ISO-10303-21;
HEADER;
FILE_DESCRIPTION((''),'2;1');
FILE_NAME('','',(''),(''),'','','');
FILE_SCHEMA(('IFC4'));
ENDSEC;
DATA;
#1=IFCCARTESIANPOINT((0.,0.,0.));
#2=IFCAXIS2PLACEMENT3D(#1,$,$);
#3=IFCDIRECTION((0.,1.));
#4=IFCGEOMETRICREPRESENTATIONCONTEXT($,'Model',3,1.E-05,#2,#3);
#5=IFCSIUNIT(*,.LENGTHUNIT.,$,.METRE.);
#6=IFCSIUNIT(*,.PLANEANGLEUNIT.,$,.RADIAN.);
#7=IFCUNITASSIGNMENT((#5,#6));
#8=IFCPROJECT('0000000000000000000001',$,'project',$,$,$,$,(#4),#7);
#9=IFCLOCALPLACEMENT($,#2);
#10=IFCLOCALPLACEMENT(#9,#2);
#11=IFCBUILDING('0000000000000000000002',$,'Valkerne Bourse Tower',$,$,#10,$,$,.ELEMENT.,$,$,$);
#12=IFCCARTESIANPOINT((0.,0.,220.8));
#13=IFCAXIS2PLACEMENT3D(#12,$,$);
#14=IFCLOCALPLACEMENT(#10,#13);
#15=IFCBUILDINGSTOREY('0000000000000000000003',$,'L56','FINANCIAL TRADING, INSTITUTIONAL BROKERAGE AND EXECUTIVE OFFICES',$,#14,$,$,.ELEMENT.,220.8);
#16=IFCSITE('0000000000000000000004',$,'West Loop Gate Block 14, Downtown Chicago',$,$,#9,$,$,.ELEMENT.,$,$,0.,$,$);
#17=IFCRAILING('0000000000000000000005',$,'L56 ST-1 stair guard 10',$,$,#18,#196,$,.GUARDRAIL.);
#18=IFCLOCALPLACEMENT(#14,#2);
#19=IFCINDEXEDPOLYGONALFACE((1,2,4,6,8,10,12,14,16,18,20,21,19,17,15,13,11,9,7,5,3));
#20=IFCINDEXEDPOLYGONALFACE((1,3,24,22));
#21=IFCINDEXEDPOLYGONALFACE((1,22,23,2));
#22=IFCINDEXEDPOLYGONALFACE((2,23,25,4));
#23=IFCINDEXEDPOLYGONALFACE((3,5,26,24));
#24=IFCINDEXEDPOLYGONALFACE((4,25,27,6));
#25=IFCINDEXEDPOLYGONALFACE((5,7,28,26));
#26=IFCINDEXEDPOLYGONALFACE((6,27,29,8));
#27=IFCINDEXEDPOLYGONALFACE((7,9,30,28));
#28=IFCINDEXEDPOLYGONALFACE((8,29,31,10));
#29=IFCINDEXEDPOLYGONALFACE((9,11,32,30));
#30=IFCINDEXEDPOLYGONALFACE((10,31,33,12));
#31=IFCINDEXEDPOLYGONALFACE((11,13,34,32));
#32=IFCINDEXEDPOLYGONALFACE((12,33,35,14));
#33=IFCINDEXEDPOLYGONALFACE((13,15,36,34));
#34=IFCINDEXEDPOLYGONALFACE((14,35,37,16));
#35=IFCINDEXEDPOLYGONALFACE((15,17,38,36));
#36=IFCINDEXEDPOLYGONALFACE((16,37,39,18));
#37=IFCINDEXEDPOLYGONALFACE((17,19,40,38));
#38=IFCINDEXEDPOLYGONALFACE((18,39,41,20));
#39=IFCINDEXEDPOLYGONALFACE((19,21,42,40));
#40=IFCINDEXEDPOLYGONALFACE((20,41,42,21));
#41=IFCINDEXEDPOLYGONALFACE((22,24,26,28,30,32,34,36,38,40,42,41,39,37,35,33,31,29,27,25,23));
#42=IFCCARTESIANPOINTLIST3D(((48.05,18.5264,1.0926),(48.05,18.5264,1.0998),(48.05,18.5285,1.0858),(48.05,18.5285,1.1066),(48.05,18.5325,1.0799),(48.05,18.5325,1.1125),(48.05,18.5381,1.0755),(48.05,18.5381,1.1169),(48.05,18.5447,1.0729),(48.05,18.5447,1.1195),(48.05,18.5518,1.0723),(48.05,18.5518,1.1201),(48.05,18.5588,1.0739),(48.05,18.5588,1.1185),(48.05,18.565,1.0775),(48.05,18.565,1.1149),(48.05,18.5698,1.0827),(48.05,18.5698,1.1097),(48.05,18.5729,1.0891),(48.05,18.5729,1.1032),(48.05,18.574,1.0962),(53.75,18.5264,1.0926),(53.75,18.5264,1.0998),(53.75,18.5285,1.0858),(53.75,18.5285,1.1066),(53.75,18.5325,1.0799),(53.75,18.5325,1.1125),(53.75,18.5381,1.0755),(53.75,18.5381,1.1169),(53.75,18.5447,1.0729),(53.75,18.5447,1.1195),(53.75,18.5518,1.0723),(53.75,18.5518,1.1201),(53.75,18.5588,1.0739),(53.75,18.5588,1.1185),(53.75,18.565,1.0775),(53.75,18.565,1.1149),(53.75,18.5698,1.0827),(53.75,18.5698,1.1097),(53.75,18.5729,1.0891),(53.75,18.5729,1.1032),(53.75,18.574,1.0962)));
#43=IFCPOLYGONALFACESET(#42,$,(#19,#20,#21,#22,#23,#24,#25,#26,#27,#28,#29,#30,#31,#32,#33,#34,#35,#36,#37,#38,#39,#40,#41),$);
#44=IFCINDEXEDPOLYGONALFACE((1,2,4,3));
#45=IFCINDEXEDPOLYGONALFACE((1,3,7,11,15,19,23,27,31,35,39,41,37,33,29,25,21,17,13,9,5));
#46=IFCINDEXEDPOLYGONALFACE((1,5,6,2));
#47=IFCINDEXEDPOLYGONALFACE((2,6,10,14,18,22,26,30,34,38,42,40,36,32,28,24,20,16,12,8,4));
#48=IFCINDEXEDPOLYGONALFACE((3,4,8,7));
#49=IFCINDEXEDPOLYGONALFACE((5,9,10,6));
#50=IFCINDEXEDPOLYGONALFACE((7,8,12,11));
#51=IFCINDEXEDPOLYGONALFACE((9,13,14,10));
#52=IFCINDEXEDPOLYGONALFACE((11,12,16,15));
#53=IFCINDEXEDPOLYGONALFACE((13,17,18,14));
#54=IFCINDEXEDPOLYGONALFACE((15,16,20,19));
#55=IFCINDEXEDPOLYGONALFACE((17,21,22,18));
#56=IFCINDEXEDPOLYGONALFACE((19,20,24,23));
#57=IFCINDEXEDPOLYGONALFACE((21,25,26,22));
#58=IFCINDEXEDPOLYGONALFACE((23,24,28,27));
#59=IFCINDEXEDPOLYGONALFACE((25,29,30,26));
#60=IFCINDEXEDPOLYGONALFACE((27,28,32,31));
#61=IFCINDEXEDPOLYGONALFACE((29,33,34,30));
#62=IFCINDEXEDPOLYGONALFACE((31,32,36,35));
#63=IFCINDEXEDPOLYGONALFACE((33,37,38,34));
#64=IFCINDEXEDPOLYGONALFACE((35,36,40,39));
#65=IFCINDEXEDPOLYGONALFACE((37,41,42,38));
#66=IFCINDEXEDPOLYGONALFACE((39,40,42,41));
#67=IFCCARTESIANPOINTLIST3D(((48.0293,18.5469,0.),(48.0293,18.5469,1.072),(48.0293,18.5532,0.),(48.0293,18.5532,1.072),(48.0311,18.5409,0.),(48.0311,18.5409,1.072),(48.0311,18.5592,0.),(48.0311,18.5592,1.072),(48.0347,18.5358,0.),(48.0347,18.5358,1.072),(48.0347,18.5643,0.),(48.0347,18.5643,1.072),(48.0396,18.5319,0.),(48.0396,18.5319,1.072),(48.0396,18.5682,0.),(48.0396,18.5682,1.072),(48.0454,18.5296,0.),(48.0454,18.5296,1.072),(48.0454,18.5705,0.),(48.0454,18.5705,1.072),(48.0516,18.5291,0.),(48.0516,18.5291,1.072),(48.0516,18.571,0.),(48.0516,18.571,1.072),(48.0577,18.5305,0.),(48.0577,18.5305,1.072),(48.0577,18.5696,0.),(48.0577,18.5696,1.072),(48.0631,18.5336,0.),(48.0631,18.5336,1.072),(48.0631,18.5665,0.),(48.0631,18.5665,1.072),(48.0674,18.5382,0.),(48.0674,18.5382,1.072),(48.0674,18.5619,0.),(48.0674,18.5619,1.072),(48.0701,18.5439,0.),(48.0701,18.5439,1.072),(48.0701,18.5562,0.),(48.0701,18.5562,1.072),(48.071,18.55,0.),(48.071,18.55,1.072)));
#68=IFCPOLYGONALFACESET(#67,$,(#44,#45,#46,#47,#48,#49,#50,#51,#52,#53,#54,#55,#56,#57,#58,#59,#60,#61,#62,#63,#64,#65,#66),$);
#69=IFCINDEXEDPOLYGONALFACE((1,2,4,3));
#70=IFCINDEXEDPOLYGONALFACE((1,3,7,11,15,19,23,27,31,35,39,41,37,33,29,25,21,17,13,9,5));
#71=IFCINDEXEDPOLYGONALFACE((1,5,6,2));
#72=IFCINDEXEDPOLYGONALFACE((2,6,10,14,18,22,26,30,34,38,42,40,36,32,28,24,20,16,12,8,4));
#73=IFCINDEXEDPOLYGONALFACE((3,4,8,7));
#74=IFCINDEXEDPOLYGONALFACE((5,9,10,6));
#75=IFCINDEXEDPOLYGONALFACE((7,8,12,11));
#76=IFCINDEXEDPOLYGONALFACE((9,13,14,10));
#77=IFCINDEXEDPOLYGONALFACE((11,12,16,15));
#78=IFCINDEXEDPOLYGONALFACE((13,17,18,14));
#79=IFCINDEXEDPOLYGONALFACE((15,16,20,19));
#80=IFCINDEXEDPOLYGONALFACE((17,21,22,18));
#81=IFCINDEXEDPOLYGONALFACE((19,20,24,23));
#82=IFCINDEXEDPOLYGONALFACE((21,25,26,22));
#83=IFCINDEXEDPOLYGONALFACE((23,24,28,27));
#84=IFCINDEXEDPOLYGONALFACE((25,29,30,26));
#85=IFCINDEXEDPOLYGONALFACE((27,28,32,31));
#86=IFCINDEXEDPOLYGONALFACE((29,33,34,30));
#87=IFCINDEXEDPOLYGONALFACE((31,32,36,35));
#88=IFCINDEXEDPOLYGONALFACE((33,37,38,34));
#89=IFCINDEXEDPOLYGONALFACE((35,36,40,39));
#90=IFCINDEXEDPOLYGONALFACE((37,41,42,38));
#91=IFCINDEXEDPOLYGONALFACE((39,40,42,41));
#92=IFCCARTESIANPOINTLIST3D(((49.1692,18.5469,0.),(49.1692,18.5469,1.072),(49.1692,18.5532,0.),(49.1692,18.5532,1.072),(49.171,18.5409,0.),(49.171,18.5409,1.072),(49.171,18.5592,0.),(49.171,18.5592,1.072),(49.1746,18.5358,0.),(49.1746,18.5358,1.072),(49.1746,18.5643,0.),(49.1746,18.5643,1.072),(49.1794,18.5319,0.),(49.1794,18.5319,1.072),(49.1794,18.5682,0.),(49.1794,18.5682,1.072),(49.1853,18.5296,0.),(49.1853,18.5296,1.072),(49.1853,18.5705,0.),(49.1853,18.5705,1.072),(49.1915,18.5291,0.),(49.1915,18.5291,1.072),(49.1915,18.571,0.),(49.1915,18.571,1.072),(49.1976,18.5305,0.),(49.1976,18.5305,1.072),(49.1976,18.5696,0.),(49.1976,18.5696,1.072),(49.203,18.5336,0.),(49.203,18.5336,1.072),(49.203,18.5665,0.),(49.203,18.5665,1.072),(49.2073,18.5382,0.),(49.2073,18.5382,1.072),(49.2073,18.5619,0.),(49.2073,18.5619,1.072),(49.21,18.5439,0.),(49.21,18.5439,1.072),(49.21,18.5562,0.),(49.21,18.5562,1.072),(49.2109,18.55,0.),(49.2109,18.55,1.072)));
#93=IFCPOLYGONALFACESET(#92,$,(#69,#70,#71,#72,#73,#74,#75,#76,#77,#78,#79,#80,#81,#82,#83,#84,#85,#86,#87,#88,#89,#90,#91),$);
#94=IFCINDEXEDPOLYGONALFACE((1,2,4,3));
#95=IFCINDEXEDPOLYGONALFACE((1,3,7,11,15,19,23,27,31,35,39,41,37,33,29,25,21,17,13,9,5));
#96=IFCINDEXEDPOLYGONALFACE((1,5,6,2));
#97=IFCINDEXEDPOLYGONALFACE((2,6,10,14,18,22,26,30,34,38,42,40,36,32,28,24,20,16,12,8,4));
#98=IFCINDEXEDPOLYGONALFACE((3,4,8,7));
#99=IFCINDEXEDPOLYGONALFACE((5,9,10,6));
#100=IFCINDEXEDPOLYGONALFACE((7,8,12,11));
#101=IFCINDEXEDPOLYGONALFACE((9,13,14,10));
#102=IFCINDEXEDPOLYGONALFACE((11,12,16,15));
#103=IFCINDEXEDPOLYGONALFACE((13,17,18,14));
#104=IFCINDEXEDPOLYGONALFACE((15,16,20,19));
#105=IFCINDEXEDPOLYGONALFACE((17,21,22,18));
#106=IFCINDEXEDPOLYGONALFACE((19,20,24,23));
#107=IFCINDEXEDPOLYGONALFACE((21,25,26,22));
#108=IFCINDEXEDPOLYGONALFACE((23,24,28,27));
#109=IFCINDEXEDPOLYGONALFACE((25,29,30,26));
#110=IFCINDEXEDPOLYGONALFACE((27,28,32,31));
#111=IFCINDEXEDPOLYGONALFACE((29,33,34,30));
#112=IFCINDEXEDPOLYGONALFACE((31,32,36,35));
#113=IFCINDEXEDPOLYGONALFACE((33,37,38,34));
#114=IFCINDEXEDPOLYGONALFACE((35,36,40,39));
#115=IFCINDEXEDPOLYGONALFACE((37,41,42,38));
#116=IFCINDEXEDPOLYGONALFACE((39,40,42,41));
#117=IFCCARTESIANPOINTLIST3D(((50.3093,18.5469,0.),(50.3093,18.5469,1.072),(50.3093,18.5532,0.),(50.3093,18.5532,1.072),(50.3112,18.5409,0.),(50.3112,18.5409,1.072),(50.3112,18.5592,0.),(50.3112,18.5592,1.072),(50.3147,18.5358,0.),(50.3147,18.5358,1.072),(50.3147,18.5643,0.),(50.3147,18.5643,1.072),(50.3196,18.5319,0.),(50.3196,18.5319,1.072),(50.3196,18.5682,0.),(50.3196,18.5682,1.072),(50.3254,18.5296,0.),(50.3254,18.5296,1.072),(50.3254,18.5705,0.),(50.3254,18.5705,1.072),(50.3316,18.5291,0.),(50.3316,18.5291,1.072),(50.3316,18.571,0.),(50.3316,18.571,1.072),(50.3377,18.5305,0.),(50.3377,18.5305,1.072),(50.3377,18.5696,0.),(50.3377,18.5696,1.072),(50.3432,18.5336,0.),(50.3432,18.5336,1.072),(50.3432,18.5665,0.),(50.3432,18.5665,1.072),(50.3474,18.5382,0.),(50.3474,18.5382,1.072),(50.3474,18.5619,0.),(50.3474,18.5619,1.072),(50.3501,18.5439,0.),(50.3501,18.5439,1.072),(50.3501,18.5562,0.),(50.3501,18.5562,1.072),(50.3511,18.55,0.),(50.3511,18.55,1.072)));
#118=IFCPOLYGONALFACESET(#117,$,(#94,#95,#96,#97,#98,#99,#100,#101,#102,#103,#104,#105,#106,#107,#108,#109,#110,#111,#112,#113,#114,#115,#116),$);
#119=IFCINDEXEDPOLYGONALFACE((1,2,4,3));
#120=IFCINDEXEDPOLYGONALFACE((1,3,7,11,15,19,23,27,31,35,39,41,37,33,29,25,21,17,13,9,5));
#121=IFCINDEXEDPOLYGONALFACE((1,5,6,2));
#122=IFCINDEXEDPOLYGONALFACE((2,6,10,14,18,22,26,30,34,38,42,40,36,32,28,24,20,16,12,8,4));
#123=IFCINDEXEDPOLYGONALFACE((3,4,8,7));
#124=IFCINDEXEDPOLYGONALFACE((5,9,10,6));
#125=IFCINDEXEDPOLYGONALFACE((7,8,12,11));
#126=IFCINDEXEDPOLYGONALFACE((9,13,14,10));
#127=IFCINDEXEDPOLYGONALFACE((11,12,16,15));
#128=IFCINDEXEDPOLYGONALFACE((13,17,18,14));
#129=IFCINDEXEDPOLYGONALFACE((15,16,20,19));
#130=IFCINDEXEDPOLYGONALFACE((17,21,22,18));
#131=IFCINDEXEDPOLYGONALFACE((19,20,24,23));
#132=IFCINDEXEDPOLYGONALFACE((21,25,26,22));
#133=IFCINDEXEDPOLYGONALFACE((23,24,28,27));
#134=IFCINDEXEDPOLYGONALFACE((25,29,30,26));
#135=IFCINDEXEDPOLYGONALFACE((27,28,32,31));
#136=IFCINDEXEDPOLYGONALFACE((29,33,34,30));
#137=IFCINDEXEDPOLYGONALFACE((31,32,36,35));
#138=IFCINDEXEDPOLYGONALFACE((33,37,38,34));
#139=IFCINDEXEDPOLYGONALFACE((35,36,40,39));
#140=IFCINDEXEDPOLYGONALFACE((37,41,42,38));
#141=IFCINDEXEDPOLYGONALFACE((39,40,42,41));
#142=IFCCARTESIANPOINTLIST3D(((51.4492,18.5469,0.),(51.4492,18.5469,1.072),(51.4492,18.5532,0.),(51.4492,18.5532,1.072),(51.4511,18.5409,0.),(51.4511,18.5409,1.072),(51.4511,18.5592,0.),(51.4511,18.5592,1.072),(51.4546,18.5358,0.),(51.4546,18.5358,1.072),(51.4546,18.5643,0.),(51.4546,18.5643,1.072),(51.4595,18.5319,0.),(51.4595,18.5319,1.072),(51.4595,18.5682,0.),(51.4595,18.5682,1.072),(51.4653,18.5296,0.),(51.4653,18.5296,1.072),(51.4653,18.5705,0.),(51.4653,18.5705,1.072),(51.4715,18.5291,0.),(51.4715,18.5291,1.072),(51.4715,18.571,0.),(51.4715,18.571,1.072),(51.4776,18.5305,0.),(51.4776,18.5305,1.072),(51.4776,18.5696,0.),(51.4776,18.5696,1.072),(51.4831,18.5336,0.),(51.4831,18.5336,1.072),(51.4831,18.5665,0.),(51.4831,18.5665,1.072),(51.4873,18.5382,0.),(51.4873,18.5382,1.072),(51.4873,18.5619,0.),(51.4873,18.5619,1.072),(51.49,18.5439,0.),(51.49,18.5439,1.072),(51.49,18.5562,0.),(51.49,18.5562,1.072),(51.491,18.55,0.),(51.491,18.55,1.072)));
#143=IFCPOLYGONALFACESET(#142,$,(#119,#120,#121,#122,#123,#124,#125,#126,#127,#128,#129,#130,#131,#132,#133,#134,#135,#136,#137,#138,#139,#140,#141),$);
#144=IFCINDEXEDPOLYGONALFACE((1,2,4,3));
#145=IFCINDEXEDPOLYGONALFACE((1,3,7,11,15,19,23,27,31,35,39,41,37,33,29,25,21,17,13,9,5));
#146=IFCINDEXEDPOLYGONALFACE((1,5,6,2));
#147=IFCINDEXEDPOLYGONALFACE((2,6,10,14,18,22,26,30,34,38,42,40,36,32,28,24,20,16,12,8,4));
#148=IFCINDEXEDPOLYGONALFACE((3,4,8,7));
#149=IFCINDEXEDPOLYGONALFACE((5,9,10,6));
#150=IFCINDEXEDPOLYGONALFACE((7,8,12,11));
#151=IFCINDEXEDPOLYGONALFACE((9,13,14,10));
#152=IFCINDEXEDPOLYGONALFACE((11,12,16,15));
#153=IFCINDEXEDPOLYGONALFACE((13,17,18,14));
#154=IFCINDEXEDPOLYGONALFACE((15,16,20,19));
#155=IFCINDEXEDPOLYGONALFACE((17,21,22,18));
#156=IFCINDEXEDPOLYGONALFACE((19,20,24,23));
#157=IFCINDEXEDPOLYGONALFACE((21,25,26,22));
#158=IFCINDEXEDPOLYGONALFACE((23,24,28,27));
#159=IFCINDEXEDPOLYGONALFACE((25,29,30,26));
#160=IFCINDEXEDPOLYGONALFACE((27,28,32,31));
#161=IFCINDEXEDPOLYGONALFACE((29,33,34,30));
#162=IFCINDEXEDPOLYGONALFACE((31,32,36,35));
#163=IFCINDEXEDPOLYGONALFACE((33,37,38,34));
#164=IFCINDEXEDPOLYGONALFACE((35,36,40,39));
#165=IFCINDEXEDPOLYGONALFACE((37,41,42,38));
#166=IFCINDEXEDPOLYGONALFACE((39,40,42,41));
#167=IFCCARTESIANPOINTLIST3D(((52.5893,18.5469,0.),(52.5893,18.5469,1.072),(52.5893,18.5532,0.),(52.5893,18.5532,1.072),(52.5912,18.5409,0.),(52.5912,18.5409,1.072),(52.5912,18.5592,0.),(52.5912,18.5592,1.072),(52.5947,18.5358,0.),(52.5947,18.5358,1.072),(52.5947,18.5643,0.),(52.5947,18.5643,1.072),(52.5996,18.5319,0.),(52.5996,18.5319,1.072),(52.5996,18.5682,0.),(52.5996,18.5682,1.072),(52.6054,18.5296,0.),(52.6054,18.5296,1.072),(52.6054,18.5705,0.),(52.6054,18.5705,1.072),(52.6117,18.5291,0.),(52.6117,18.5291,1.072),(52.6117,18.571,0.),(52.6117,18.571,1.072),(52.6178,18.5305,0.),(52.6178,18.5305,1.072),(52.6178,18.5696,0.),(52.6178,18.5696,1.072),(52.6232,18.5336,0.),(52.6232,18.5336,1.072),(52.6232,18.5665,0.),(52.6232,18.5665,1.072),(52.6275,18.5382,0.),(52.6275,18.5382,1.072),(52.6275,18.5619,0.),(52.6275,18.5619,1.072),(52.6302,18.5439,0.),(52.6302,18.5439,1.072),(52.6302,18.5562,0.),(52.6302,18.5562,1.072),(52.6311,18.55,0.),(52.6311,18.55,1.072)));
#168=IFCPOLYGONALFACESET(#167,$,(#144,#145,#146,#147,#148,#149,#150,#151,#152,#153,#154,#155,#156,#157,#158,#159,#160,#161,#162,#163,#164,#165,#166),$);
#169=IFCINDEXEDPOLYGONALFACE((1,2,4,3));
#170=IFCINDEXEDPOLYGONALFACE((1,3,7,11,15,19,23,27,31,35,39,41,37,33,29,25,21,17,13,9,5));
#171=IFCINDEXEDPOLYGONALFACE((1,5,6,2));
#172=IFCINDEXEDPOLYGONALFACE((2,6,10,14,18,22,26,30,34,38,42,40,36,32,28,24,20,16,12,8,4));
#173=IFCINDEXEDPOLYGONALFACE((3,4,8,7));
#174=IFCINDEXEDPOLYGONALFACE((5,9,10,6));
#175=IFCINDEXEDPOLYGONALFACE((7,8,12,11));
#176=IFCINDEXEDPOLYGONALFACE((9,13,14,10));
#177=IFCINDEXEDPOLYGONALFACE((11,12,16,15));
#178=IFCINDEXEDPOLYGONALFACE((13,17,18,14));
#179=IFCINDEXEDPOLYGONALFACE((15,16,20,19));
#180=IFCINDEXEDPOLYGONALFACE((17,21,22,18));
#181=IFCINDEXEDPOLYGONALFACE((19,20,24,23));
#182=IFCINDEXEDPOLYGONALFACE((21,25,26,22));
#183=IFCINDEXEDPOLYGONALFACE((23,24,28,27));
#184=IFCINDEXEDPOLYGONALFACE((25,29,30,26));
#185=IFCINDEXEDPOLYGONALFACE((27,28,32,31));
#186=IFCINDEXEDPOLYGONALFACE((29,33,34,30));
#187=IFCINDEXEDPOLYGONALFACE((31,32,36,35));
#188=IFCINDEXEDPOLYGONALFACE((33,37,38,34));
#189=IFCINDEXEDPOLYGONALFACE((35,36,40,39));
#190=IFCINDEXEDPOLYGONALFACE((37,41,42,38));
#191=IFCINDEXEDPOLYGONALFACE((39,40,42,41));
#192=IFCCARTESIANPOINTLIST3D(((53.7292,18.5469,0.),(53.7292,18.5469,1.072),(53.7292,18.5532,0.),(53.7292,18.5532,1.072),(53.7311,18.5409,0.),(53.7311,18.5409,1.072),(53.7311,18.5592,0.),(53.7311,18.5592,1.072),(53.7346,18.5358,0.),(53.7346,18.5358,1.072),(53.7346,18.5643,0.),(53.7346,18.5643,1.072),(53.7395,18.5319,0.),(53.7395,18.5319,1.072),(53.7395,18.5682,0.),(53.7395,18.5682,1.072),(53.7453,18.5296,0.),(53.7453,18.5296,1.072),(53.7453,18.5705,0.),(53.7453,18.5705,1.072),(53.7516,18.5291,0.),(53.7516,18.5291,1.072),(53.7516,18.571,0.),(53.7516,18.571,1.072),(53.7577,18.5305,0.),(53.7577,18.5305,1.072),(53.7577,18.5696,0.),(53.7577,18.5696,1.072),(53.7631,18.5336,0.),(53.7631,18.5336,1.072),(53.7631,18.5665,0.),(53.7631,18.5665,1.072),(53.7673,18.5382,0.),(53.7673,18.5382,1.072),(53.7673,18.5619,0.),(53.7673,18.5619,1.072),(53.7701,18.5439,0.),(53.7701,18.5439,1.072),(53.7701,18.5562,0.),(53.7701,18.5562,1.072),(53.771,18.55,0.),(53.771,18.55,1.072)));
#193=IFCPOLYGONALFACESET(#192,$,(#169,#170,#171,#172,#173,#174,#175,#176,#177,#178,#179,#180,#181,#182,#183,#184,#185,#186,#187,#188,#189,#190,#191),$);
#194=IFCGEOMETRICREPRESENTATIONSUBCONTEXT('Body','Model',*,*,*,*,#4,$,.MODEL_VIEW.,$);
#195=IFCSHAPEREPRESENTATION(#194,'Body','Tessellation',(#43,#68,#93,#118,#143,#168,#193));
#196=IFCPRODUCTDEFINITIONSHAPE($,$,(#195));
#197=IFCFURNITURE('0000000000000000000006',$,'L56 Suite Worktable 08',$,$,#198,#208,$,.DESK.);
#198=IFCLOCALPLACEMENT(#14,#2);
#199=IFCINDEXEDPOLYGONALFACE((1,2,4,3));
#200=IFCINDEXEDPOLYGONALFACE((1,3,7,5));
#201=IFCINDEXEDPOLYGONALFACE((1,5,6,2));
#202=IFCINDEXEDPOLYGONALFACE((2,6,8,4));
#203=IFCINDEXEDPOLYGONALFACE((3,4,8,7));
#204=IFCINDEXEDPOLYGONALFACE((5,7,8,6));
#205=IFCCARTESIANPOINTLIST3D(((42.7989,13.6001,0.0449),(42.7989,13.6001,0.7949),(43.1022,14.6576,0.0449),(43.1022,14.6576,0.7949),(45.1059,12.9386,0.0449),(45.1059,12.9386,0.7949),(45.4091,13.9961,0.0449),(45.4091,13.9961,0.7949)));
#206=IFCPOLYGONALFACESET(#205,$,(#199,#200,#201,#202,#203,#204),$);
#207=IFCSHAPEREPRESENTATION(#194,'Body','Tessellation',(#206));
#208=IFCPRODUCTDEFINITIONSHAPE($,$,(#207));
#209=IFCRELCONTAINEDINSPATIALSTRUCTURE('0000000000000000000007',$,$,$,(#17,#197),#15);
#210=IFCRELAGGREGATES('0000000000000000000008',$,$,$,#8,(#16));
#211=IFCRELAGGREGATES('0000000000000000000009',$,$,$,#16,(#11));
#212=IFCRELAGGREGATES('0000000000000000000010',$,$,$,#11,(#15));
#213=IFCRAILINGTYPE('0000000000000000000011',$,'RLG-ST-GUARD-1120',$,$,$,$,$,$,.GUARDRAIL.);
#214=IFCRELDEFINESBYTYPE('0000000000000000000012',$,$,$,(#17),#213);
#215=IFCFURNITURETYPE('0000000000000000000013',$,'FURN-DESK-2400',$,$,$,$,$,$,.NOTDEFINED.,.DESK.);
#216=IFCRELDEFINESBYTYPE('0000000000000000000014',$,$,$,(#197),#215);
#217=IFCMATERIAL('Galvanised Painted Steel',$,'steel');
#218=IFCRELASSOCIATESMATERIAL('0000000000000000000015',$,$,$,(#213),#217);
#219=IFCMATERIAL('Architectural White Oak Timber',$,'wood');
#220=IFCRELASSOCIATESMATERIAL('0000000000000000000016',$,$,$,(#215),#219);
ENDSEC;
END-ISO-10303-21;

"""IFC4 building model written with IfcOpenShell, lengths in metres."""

from ifc_helpers import new_model, si_unit, direction, frame, origin, origin_2d, place, context, subcontext, project, spatial, rectangle, circle, extrude, material, type_object, element, save


model = new_model("IFC4")

# Units and contexts
model_context = context("Model", 3, precision=1e-05, world=origin(), true_north=direction((0.0, 1.0)))
body_context = subcontext(model_context, "Body", "Model", "MODEL_VIEW")
ifc_project = project(units=[si_unit("LENGTHUNIT", "METRE"), si_unit("PLANEANGLEUNIT", "RADIAN")], contexts=[model_context])

# Site, building, storey
site_placement = place(None, origin())
site = spatial("IfcSite", under=ifc_project, at=site_placement, Name="West Loop Gate Block 14, Downtown Chicago", CompositionType="ELEMENT", RefElevation=0.0)
building_placement = place(site_placement, origin())
building = spatial("IfcBuilding", under=site, at=building_placement, Name="Valkerne Bourse Tower", CompositionType="ELEMENT")
storey_placement = place(building_placement, frame((0.0, 0.0, 220.8)))
storey = spatial("IfcBuildingStorey", under=building, at=storey_placement, Name="L56", Description="FINANCIAL TRADING, INSTITUTIONAL BROKERAGE AND EXECUTIVE OFFICES", CompositionType="ELEMENT", Elevation=220.8)

# Railing
ifc_material_1 = material(Name="Galvanised Painted Steel", Category="steel")
railing_type = type_object("IfcRailingType", Name="RLG-ST-GUARD-1120", PredefinedType="GUARDRAIL", material=ifc_material_1)
railing_placement = place(storey_placement, frame((48.05, 18.55, 0.0)))
element("IfcRailing", 1, at=railing_placement, inside=storey, type_object=railing_type, Name="L56 ST-1 stair guard 10", PredefinedType="GUARDRAIL", context=body_context, shape_type="SweptSolid", body=[
    extrude(circle(Radius=0.0239, at=origin_2d()), frame((0.0, 0.0, 1.0962), z_axis=(1.0, 0.0, 0.0), x_axis=(0.0, 1.0, 0.0)), (0.0, 0.0, 1.0), 5.7),
    extrude(circle(Radius=0.021, at=origin_2d()), origin(), (0.0, 0.0, 1.0), 1.072),
    extrude(circle(Radius=0.021, at=origin_2d()), frame((1.1399, 0.0, 0.0)), (0.0, 0.0, 1.0), 1.072),
    extrude(circle(Radius=0.021, at=origin_2d()), frame((2.28, 0.0, 0.0)), (0.0, 0.0, 1.0), 1.072),
    extrude(circle(Radius=0.021, at=origin_2d()), frame((3.4199, 0.0, 0.0)), (0.0, 0.0, 1.0), 1.072),
    extrude(circle(Radius=0.021, at=origin_2d()), frame((4.5601, 0.0, 0.0)), (0.0, 0.0, 1.0), 1.072),
    extrude(circle(Radius=0.021, at=origin_2d()), frame((5.7, 0.0, 0.0)), (0.0, 0.0, 1.0), 1.072),
])

# Furniture
ifc_material_2 = material(Name="Architectural White Oak Timber", Category="wood")
furniture_type = type_object("IfcFurnitureType", Name="FURN-DESK-2400", AssemblyPlace="NOTDEFINED", PredefinedType="DESK", material=ifc_material_2)
furniture_placement = place(storey_placement, frame((44.104, 13.7981, 0.0449), z_axis=(0.0, 0.0, 1.0), x_axis=(-0.961262, 0.275637, 0.0)))
element("IfcFurniture", 2, at=furniture_placement, inside=storey, type_object=furniture_type, Name="L56 Suite Worktable 08", PredefinedType="DESK", context=body_context, shape_type="SweptSolid", body=[
    extrude(rectangle(XDim=2.3999, YDim=1.1001, at=origin_2d()), origin(), (0.0, 0.0, 1.0), 0.75),
])

save(model, "model.ifc")
